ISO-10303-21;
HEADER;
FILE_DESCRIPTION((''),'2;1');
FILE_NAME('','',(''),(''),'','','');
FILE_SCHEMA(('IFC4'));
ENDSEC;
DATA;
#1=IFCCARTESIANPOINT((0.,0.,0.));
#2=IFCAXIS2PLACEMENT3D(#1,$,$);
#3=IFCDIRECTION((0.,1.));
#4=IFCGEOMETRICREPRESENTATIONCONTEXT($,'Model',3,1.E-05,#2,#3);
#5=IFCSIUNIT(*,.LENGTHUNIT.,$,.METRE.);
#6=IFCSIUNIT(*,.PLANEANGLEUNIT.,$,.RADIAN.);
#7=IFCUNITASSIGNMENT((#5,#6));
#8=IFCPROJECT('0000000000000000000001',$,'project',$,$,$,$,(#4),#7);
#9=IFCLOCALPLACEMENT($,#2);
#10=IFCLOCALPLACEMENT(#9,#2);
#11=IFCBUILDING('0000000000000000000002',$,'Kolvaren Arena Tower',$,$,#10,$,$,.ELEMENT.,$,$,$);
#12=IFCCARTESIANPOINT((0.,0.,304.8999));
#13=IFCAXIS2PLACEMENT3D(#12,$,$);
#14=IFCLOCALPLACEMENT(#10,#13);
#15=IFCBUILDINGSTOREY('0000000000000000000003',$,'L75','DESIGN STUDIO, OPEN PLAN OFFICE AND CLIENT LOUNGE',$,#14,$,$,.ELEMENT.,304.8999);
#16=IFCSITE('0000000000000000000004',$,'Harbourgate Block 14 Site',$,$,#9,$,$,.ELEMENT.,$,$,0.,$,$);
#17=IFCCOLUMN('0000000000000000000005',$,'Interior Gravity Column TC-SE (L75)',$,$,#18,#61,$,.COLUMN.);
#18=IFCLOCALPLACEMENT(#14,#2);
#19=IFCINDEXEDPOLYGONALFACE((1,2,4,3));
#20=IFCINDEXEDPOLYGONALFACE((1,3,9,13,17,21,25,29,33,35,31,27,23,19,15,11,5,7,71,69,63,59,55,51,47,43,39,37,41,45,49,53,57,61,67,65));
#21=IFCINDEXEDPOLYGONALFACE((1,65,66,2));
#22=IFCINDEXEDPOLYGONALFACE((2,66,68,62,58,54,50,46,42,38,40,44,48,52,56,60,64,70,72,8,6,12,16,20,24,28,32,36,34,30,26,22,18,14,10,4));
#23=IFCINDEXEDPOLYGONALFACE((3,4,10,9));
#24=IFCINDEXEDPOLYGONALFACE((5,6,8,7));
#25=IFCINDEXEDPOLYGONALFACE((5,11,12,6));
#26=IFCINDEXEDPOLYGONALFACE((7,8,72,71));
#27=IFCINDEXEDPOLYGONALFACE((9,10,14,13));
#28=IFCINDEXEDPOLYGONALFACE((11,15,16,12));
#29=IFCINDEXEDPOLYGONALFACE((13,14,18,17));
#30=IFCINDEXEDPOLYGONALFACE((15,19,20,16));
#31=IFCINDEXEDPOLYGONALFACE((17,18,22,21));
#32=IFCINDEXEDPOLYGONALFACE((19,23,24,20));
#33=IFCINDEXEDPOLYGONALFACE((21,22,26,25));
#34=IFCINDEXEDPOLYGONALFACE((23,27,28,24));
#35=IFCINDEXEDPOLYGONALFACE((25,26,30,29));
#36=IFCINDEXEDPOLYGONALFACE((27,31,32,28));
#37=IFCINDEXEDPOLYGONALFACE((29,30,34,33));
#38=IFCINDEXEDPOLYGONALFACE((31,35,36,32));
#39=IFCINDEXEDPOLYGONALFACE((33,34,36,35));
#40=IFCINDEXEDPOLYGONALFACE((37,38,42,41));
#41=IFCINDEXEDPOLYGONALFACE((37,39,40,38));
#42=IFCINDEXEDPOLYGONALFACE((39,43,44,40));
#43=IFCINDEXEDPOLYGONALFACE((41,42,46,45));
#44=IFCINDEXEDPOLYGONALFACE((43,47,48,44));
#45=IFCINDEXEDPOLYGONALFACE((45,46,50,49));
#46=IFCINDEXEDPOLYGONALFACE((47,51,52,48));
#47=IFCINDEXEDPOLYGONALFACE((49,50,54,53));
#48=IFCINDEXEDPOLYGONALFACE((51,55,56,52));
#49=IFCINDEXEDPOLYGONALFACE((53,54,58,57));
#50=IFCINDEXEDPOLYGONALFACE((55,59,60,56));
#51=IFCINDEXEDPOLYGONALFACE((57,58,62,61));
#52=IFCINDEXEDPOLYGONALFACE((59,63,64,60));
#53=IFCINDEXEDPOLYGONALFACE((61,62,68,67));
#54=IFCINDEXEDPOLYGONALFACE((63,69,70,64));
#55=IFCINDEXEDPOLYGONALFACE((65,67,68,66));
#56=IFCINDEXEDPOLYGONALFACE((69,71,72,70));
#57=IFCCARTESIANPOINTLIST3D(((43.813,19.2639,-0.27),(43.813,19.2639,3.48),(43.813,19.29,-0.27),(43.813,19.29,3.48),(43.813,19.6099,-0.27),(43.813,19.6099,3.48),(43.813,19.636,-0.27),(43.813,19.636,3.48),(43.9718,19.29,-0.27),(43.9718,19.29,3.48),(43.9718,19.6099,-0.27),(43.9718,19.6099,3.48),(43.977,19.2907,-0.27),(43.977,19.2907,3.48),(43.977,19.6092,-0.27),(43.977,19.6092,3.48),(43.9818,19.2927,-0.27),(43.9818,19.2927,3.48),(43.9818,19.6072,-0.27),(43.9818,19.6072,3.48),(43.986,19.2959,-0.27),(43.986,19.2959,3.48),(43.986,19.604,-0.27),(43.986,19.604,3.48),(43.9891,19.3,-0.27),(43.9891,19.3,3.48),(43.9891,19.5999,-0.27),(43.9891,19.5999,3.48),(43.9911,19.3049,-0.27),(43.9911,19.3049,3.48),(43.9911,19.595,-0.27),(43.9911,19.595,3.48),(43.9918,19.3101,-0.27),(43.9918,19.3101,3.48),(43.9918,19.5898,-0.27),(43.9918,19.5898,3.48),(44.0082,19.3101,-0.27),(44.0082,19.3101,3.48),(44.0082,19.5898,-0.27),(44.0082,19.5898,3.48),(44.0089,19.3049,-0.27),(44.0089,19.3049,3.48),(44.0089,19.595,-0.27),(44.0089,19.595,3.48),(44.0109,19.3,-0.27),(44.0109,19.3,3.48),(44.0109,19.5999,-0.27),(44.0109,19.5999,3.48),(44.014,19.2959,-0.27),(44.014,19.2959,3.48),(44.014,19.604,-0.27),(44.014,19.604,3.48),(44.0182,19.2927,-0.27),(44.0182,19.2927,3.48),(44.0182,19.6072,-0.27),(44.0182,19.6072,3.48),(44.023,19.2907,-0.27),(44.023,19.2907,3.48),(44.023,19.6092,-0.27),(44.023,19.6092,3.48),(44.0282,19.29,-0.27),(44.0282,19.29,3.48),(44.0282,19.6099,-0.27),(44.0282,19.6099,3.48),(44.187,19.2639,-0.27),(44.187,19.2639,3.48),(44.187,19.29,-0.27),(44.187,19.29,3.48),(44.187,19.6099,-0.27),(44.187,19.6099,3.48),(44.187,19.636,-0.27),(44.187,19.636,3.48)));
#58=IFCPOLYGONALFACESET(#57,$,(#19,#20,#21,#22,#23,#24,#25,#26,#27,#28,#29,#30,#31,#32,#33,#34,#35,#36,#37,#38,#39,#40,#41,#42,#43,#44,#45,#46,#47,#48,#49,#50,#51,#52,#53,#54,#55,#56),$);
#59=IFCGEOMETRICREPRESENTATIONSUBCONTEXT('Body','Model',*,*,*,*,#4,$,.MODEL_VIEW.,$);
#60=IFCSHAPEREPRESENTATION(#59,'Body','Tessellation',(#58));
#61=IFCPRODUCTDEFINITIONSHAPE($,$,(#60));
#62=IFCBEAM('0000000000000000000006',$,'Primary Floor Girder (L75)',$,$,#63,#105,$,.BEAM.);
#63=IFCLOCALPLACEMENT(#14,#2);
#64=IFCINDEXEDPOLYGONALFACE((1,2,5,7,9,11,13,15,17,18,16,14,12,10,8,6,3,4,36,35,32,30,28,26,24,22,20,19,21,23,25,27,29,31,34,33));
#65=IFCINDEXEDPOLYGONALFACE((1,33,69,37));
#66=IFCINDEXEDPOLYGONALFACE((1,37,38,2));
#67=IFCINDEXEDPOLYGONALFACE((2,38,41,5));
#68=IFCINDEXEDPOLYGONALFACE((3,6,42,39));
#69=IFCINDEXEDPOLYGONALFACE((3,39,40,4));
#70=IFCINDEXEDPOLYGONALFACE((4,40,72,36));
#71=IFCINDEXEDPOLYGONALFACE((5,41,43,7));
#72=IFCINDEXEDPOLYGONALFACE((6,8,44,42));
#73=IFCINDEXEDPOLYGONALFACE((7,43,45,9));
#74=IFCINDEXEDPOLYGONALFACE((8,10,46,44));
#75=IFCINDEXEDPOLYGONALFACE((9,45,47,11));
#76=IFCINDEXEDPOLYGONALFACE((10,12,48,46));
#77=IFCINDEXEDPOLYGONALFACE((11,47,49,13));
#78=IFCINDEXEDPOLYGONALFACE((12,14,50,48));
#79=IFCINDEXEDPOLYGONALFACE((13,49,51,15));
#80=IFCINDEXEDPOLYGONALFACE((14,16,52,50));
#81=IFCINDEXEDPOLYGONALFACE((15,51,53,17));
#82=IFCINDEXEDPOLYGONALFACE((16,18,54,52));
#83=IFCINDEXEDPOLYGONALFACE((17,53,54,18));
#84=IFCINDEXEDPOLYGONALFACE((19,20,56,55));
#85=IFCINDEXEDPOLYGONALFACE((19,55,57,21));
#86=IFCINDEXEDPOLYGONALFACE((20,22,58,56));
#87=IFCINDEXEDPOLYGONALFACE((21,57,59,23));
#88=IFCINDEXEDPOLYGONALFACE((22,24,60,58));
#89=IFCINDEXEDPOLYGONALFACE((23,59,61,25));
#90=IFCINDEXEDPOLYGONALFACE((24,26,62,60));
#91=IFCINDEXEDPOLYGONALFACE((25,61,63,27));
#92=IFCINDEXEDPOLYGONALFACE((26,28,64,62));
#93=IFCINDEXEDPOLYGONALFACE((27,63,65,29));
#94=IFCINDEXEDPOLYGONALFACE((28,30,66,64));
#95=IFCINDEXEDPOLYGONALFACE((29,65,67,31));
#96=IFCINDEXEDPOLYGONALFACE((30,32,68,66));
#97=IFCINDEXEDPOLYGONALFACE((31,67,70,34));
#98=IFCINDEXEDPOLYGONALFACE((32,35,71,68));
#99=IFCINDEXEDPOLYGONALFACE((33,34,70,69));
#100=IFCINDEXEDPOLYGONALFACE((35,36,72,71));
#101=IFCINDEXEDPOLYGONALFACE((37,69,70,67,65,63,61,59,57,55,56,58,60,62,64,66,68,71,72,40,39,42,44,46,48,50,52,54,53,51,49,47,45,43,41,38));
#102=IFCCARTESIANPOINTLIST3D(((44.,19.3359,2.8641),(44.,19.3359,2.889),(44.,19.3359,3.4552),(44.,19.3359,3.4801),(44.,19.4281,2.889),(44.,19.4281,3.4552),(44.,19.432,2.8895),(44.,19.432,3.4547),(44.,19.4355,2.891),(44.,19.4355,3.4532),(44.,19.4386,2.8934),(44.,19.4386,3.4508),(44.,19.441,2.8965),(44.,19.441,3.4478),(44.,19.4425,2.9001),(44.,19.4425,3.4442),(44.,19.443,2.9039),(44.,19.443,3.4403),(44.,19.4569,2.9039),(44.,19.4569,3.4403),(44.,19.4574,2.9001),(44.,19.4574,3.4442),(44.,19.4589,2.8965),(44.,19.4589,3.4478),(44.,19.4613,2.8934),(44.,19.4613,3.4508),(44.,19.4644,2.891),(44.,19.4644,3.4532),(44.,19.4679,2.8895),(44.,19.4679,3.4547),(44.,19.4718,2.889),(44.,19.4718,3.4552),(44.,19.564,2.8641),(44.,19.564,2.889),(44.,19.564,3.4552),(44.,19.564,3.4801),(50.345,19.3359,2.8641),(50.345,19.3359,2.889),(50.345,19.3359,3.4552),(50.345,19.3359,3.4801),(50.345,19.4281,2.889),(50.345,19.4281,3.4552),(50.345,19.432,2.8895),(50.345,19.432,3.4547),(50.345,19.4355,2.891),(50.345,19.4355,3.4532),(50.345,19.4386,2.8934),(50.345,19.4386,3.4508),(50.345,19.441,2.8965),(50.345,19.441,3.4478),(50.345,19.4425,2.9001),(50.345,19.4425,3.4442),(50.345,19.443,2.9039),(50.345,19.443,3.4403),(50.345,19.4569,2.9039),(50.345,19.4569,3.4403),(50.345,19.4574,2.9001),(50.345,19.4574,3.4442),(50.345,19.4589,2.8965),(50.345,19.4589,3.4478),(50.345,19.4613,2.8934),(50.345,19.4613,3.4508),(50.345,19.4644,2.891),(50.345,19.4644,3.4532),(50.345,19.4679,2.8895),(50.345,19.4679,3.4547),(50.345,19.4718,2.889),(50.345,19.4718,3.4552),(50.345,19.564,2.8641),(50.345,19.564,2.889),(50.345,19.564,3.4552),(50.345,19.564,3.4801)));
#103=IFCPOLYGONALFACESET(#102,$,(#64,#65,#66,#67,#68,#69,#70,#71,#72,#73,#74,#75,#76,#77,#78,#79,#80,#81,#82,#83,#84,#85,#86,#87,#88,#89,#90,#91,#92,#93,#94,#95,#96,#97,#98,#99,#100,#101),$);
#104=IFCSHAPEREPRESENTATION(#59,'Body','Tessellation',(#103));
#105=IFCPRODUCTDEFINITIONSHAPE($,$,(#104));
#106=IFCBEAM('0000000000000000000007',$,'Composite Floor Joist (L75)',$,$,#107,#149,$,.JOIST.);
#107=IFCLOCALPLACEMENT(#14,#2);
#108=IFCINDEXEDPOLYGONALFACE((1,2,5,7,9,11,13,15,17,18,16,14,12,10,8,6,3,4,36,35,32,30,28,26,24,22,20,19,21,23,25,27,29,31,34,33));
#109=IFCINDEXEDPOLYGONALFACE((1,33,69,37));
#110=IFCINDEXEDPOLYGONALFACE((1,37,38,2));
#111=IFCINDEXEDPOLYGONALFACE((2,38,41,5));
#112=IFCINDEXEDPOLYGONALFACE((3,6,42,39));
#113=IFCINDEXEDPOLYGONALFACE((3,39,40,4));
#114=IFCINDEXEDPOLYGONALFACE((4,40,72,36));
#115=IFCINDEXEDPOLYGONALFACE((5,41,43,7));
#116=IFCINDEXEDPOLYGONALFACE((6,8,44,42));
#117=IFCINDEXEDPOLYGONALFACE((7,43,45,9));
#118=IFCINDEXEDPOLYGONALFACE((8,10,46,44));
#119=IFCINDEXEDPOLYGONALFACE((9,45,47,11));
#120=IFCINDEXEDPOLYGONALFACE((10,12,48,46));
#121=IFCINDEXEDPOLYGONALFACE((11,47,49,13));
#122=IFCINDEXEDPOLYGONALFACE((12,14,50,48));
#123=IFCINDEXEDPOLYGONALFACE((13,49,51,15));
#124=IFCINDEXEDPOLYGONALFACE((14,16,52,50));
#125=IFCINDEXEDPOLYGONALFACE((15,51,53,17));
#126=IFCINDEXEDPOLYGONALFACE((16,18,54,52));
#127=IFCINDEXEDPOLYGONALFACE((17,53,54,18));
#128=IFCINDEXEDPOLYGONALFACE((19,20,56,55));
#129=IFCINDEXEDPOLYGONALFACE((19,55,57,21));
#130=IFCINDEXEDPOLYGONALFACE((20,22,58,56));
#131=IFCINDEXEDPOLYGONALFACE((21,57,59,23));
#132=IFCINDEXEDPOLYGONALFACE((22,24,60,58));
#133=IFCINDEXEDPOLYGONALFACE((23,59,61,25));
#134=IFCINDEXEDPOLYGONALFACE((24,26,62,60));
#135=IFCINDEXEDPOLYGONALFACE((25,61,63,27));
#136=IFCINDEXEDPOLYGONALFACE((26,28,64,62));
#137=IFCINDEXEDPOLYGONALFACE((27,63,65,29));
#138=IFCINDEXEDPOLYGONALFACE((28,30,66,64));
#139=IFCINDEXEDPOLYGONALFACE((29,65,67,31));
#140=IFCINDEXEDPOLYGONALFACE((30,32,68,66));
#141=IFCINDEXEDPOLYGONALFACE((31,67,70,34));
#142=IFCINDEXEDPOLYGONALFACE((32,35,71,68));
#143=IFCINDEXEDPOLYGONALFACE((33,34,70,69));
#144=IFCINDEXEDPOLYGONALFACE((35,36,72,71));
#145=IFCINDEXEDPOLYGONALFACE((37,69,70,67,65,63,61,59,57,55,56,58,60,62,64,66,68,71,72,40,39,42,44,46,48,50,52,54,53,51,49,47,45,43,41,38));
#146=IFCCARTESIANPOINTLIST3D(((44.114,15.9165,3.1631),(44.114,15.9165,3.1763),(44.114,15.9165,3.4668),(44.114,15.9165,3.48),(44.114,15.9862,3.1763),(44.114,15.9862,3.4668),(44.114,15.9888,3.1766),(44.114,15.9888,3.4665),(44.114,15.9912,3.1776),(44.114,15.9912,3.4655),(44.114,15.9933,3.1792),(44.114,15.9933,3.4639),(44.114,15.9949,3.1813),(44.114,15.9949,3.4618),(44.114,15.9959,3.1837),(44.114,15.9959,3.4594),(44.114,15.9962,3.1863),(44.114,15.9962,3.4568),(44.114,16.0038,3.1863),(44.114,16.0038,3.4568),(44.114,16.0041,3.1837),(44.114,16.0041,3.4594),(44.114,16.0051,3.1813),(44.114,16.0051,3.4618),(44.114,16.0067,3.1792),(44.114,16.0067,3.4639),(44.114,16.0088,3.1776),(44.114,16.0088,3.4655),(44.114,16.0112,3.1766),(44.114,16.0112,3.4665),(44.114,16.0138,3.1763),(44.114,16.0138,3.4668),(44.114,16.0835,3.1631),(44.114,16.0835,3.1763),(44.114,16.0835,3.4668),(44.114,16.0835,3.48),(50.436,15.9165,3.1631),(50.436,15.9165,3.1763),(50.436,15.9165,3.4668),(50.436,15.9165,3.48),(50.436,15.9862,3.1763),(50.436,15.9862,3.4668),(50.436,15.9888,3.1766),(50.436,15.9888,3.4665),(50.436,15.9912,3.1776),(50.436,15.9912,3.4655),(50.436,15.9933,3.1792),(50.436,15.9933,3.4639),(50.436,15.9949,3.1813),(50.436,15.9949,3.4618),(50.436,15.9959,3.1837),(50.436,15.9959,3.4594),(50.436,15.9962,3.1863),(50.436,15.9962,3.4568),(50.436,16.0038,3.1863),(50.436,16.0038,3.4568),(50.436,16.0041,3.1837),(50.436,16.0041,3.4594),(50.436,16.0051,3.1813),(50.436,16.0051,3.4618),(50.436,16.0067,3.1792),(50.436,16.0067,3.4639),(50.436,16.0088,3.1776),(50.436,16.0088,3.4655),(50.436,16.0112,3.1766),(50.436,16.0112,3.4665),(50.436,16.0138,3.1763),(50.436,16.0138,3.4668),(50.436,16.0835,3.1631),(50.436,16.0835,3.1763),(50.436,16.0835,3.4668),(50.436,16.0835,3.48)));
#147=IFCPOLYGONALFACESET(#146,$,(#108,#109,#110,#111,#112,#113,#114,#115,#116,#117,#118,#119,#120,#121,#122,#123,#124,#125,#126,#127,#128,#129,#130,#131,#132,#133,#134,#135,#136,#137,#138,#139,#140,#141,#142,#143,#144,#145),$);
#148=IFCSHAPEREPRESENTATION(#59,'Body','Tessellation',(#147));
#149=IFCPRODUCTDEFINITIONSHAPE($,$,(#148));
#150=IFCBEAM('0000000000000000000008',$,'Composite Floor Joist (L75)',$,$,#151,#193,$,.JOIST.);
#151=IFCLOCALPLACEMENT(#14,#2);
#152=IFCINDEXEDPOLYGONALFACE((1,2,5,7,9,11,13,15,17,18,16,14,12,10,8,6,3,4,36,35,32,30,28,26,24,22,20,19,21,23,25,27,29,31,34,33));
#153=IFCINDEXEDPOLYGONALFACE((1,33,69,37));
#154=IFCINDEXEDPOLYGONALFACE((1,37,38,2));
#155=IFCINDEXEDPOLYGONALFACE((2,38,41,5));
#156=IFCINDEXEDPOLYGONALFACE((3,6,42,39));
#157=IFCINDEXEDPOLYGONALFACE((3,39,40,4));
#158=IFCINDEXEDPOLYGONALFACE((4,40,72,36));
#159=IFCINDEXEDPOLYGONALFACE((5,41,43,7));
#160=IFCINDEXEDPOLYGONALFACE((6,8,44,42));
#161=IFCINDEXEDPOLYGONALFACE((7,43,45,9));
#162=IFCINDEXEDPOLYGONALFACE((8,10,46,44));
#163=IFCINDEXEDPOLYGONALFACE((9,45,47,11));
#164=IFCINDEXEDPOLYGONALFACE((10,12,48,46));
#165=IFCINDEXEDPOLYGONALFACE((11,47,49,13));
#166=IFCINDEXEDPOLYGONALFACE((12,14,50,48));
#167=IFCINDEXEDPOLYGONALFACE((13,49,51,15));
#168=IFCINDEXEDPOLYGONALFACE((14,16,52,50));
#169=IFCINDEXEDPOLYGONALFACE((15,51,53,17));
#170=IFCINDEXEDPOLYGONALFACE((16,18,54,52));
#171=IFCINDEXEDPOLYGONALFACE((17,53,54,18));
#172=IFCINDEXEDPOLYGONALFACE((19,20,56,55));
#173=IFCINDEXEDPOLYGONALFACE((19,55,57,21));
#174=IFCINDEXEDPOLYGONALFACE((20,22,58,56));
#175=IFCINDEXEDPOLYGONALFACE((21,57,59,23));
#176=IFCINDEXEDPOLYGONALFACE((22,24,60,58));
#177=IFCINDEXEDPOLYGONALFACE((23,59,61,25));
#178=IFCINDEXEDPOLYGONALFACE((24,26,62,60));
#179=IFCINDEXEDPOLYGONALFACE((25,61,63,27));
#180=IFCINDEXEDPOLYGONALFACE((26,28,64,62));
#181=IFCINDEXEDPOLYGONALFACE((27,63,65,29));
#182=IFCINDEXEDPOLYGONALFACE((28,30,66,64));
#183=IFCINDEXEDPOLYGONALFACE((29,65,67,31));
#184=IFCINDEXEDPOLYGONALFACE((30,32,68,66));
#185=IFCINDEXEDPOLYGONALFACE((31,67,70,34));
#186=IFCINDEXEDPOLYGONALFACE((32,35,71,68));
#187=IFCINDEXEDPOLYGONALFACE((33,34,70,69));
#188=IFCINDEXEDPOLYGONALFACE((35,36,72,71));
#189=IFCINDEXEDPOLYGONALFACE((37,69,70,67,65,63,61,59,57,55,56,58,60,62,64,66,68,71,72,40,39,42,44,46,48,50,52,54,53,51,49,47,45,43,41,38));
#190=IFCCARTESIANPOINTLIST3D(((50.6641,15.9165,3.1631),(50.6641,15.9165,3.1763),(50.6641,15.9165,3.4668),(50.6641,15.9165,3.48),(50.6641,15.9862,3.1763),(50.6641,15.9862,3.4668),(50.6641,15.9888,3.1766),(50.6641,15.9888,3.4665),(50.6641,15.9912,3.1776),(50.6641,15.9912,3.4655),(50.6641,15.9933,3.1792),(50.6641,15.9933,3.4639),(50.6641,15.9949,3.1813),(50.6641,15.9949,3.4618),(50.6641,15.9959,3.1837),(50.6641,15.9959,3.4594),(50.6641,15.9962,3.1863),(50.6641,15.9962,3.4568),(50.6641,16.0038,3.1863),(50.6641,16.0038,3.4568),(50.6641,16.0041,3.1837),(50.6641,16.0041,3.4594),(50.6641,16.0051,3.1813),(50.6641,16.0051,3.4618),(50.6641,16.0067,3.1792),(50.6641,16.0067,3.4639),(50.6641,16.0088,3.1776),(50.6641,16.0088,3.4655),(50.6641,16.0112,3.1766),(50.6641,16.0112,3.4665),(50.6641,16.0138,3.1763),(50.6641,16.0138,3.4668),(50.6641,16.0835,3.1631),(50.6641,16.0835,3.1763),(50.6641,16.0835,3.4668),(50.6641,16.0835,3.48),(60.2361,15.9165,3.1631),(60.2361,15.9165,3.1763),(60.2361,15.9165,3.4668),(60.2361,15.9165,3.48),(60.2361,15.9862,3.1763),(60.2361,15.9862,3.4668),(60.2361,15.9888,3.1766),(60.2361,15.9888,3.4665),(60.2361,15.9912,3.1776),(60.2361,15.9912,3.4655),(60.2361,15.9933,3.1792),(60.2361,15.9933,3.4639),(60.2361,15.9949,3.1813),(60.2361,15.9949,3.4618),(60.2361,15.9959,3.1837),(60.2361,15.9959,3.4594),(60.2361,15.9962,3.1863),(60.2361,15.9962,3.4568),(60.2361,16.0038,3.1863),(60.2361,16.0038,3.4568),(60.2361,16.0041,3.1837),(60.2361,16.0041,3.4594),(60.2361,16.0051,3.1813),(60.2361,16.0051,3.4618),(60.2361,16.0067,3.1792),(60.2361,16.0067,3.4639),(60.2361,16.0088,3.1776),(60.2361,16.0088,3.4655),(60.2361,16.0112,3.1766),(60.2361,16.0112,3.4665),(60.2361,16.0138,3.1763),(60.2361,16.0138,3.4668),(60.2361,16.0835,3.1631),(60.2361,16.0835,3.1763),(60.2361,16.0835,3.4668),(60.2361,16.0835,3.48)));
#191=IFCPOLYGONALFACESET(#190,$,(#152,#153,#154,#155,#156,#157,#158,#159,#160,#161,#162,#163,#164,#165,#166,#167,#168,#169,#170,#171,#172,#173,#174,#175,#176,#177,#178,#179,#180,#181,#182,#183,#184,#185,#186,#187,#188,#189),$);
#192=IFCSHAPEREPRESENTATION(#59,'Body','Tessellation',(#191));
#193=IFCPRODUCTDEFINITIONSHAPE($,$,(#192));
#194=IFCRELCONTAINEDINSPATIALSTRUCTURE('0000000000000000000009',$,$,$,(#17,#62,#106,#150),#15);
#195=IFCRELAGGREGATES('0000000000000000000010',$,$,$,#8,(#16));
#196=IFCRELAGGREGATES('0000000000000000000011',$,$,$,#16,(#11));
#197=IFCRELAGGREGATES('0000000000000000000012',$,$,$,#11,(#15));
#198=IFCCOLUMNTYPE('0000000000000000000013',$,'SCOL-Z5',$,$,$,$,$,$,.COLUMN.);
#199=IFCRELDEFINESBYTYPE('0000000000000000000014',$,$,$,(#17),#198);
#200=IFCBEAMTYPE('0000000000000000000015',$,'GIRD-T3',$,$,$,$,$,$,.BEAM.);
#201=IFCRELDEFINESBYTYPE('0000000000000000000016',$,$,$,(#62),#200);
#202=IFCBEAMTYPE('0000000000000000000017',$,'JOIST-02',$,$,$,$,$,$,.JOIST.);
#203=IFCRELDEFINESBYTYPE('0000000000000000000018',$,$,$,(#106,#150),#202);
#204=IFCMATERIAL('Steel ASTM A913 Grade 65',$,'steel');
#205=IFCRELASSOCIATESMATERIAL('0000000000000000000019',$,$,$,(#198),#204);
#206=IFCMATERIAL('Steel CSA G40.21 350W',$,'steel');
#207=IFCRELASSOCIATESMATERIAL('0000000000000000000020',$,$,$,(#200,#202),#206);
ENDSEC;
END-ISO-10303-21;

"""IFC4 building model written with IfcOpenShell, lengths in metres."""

from ifc_helpers import new_model, si_unit, direction, frame, origin, origin_2d, place, context, subcontext, project, spatial, i_section, extrude, material, material_profile, profile_set, type_object, element, save


model = new_model("IFC4")

# Units and contexts
model_context = context("Model", 3, precision=1e-05, world=origin(), true_north=direction((0.0, 1.0)))
body_context = subcontext(model_context, "Body", "Model", "MODEL_VIEW")
ifc_project = project(units=[si_unit("LENGTHUNIT", "METRE"), si_unit("PLANEANGLEUNIT", "RADIAN")], contexts=[model_context])

# Site, building, storey
site_placement = place(None, origin())
site = spatial("IfcSite", under=ifc_project, at=site_placement, Name="Harbourgate Block 14 Site", CompositionType="ELEMENT", RefElevation=0.0)
building_placement = place(site_placement, origin())
building = spatial("IfcBuilding", under=site, at=building_placement, Name="Kolvaren Arena Tower", CompositionType="ELEMENT")
storey_placement = place(building_placement, frame((0.0, 0.0, 304.8999)))
storey = spatial("IfcBuildingStorey", under=building, at=storey_placement, Name="L75", Description="DESIGN STUDIO, OPEN PLAN OFFICE AND CLIENT LOUNGE", CompositionType="ELEMENT", Elevation=304.8999)

# Column
ifc_material_1 = material(Name="Steel ASTM A913 Grade 65", Category="steel")
ifc_material_profile_1 = material_profile(ifc_material_1, i_section(OverallWidth=0.374, OverallDepth=0.3721, WebThickness=0.0164, FlangeThickness=0.0261, FilletRadius=0.02, at=origin_2d()), Name="W360x196")
ifc_profile_set_1 = profile_set([ifc_material_profile_1], Name="Steel ASTM A913 Grade 65")
column_type = type_object("IfcColumnType", Name="SCOL-Z5", PredefinedType="COLUMN", material=ifc_profile_set_1)
column_placement = place(storey_placement, frame((44.0, 19.45, -0.27), z_axis=(0.0, 0.0, 1.0), x_axis=(1.0, 0.0, 0.0)))
element("IfcColumn", 1, at=column_placement, inside=storey, type_object=column_type, Name="Interior Gravity Column TC-SE (L75)", PredefinedType="COLUMN", context=body_context, shape_type="SweptSolid", body=[
    extrude(i_section(OverallWidth=0.374, OverallDepth=0.3721, WebThickness=0.0164, FlangeThickness=0.0261, FilletRadius=0.02, at=origin_2d()), origin(), (0.0, 0.0, 1.0), 3.75),
])

# Beams
ifc_material_2 = material(Name="Steel CSA G40.21 350W", Category="steel")
ifc_material_profile_2 = material_profile(ifc_material_2, i_section(OverallWidth=0.228, OverallDepth=0.616, WebThickness=0.0139, FlangeThickness=0.0249, FilletRadius=0.0149, at=origin_2d()), Name="W610x174")
ifc_profile_set_2 = profile_set([ifc_material_profile_2], Name="Steel CSA G40.21 350W")
beam_type_1 = type_object("IfcBeamType", Name="GIRD-T3", PredefinedType="BEAM", material=ifc_profile_set_2)
beam_1_placement = place(storey_placement, frame((44.0, 19.45, 3.1721), z_axis=(1.0, 0.0, 0.0), x_axis=(0.0, 1.0, 0.0)))
element("IfcBeam", 2, at=beam_1_placement, inside=storey, type_object=beam_type_1, Name="Primary Floor Girder (L75)", PredefinedType="BEAM", context=body_context, shape_type="SweptSolid", body=[
    extrude(i_section(OverallWidth=0.228, OverallDepth=0.616, WebThickness=0.0139, FlangeThickness=0.0249, FilletRadius=0.0149, at=origin_2d()), origin(), (0.0, 0.0, 1.0), 6.345),
])
ifc_material_profile_3 = material_profile(ifc_material_2, i_section(OverallWidth=0.167, OverallDepth=0.3169, WebThickness=0.0076, FlangeThickness=0.0132, FilletRadius=0.01, at=origin_2d()), Name="W310x52")
ifc_profile_set_3 = profile_set([ifc_material_profile_3], Name="Steel CSA G40.21 350W")
beam_type_2 = type_object("IfcBeamType", Name="JOIST-02", PredefinedType="JOIST", material=ifc_profile_set_3)
beam_2_placement = place(storey_placement, frame((44.114, 16.0, 3.3215), z_axis=(1.0, 0.0, 0.0), x_axis=(0.0, 1.0, 0.0)))
element("IfcBeam", 3, at=beam_2_placement, inside=storey, type_object=beam_type_2, Name="Composite Floor Joist (L75)", PredefinedType="JOIST", context=body_context, shape_type="SweptSolid", body=[
    extrude(i_section(OverallWidth=0.167, OverallDepth=0.3169, WebThickness=0.0076, FlangeThickness=0.0132, FilletRadius=0.01, at=origin_2d()), origin(), (0.0, 0.0, 1.0), 6.322),
])
beam_3_placement = place(storey_placement, frame((50.6641, 16.0, 3.3215), z_axis=(1.0, 0.0, 0.0), x_axis=(0.0, 1.0, 0.0)))
element("IfcBeam", 4, at=beam_3_placement, inside=storey, type_object=beam_type_2, Name="Composite Floor Joist (L75)", PredefinedType="JOIST", context=body_context, shape_type="SweptSolid", body=[
    extrude(i_section(OverallWidth=0.167, OverallDepth=0.3169, WebThickness=0.0076, FlangeThickness=0.0132, FilletRadius=0.01, at=origin_2d()), origin(), (0.0, 0.0, 1.0), 9.572),
])

save(model, "model.ifc")
